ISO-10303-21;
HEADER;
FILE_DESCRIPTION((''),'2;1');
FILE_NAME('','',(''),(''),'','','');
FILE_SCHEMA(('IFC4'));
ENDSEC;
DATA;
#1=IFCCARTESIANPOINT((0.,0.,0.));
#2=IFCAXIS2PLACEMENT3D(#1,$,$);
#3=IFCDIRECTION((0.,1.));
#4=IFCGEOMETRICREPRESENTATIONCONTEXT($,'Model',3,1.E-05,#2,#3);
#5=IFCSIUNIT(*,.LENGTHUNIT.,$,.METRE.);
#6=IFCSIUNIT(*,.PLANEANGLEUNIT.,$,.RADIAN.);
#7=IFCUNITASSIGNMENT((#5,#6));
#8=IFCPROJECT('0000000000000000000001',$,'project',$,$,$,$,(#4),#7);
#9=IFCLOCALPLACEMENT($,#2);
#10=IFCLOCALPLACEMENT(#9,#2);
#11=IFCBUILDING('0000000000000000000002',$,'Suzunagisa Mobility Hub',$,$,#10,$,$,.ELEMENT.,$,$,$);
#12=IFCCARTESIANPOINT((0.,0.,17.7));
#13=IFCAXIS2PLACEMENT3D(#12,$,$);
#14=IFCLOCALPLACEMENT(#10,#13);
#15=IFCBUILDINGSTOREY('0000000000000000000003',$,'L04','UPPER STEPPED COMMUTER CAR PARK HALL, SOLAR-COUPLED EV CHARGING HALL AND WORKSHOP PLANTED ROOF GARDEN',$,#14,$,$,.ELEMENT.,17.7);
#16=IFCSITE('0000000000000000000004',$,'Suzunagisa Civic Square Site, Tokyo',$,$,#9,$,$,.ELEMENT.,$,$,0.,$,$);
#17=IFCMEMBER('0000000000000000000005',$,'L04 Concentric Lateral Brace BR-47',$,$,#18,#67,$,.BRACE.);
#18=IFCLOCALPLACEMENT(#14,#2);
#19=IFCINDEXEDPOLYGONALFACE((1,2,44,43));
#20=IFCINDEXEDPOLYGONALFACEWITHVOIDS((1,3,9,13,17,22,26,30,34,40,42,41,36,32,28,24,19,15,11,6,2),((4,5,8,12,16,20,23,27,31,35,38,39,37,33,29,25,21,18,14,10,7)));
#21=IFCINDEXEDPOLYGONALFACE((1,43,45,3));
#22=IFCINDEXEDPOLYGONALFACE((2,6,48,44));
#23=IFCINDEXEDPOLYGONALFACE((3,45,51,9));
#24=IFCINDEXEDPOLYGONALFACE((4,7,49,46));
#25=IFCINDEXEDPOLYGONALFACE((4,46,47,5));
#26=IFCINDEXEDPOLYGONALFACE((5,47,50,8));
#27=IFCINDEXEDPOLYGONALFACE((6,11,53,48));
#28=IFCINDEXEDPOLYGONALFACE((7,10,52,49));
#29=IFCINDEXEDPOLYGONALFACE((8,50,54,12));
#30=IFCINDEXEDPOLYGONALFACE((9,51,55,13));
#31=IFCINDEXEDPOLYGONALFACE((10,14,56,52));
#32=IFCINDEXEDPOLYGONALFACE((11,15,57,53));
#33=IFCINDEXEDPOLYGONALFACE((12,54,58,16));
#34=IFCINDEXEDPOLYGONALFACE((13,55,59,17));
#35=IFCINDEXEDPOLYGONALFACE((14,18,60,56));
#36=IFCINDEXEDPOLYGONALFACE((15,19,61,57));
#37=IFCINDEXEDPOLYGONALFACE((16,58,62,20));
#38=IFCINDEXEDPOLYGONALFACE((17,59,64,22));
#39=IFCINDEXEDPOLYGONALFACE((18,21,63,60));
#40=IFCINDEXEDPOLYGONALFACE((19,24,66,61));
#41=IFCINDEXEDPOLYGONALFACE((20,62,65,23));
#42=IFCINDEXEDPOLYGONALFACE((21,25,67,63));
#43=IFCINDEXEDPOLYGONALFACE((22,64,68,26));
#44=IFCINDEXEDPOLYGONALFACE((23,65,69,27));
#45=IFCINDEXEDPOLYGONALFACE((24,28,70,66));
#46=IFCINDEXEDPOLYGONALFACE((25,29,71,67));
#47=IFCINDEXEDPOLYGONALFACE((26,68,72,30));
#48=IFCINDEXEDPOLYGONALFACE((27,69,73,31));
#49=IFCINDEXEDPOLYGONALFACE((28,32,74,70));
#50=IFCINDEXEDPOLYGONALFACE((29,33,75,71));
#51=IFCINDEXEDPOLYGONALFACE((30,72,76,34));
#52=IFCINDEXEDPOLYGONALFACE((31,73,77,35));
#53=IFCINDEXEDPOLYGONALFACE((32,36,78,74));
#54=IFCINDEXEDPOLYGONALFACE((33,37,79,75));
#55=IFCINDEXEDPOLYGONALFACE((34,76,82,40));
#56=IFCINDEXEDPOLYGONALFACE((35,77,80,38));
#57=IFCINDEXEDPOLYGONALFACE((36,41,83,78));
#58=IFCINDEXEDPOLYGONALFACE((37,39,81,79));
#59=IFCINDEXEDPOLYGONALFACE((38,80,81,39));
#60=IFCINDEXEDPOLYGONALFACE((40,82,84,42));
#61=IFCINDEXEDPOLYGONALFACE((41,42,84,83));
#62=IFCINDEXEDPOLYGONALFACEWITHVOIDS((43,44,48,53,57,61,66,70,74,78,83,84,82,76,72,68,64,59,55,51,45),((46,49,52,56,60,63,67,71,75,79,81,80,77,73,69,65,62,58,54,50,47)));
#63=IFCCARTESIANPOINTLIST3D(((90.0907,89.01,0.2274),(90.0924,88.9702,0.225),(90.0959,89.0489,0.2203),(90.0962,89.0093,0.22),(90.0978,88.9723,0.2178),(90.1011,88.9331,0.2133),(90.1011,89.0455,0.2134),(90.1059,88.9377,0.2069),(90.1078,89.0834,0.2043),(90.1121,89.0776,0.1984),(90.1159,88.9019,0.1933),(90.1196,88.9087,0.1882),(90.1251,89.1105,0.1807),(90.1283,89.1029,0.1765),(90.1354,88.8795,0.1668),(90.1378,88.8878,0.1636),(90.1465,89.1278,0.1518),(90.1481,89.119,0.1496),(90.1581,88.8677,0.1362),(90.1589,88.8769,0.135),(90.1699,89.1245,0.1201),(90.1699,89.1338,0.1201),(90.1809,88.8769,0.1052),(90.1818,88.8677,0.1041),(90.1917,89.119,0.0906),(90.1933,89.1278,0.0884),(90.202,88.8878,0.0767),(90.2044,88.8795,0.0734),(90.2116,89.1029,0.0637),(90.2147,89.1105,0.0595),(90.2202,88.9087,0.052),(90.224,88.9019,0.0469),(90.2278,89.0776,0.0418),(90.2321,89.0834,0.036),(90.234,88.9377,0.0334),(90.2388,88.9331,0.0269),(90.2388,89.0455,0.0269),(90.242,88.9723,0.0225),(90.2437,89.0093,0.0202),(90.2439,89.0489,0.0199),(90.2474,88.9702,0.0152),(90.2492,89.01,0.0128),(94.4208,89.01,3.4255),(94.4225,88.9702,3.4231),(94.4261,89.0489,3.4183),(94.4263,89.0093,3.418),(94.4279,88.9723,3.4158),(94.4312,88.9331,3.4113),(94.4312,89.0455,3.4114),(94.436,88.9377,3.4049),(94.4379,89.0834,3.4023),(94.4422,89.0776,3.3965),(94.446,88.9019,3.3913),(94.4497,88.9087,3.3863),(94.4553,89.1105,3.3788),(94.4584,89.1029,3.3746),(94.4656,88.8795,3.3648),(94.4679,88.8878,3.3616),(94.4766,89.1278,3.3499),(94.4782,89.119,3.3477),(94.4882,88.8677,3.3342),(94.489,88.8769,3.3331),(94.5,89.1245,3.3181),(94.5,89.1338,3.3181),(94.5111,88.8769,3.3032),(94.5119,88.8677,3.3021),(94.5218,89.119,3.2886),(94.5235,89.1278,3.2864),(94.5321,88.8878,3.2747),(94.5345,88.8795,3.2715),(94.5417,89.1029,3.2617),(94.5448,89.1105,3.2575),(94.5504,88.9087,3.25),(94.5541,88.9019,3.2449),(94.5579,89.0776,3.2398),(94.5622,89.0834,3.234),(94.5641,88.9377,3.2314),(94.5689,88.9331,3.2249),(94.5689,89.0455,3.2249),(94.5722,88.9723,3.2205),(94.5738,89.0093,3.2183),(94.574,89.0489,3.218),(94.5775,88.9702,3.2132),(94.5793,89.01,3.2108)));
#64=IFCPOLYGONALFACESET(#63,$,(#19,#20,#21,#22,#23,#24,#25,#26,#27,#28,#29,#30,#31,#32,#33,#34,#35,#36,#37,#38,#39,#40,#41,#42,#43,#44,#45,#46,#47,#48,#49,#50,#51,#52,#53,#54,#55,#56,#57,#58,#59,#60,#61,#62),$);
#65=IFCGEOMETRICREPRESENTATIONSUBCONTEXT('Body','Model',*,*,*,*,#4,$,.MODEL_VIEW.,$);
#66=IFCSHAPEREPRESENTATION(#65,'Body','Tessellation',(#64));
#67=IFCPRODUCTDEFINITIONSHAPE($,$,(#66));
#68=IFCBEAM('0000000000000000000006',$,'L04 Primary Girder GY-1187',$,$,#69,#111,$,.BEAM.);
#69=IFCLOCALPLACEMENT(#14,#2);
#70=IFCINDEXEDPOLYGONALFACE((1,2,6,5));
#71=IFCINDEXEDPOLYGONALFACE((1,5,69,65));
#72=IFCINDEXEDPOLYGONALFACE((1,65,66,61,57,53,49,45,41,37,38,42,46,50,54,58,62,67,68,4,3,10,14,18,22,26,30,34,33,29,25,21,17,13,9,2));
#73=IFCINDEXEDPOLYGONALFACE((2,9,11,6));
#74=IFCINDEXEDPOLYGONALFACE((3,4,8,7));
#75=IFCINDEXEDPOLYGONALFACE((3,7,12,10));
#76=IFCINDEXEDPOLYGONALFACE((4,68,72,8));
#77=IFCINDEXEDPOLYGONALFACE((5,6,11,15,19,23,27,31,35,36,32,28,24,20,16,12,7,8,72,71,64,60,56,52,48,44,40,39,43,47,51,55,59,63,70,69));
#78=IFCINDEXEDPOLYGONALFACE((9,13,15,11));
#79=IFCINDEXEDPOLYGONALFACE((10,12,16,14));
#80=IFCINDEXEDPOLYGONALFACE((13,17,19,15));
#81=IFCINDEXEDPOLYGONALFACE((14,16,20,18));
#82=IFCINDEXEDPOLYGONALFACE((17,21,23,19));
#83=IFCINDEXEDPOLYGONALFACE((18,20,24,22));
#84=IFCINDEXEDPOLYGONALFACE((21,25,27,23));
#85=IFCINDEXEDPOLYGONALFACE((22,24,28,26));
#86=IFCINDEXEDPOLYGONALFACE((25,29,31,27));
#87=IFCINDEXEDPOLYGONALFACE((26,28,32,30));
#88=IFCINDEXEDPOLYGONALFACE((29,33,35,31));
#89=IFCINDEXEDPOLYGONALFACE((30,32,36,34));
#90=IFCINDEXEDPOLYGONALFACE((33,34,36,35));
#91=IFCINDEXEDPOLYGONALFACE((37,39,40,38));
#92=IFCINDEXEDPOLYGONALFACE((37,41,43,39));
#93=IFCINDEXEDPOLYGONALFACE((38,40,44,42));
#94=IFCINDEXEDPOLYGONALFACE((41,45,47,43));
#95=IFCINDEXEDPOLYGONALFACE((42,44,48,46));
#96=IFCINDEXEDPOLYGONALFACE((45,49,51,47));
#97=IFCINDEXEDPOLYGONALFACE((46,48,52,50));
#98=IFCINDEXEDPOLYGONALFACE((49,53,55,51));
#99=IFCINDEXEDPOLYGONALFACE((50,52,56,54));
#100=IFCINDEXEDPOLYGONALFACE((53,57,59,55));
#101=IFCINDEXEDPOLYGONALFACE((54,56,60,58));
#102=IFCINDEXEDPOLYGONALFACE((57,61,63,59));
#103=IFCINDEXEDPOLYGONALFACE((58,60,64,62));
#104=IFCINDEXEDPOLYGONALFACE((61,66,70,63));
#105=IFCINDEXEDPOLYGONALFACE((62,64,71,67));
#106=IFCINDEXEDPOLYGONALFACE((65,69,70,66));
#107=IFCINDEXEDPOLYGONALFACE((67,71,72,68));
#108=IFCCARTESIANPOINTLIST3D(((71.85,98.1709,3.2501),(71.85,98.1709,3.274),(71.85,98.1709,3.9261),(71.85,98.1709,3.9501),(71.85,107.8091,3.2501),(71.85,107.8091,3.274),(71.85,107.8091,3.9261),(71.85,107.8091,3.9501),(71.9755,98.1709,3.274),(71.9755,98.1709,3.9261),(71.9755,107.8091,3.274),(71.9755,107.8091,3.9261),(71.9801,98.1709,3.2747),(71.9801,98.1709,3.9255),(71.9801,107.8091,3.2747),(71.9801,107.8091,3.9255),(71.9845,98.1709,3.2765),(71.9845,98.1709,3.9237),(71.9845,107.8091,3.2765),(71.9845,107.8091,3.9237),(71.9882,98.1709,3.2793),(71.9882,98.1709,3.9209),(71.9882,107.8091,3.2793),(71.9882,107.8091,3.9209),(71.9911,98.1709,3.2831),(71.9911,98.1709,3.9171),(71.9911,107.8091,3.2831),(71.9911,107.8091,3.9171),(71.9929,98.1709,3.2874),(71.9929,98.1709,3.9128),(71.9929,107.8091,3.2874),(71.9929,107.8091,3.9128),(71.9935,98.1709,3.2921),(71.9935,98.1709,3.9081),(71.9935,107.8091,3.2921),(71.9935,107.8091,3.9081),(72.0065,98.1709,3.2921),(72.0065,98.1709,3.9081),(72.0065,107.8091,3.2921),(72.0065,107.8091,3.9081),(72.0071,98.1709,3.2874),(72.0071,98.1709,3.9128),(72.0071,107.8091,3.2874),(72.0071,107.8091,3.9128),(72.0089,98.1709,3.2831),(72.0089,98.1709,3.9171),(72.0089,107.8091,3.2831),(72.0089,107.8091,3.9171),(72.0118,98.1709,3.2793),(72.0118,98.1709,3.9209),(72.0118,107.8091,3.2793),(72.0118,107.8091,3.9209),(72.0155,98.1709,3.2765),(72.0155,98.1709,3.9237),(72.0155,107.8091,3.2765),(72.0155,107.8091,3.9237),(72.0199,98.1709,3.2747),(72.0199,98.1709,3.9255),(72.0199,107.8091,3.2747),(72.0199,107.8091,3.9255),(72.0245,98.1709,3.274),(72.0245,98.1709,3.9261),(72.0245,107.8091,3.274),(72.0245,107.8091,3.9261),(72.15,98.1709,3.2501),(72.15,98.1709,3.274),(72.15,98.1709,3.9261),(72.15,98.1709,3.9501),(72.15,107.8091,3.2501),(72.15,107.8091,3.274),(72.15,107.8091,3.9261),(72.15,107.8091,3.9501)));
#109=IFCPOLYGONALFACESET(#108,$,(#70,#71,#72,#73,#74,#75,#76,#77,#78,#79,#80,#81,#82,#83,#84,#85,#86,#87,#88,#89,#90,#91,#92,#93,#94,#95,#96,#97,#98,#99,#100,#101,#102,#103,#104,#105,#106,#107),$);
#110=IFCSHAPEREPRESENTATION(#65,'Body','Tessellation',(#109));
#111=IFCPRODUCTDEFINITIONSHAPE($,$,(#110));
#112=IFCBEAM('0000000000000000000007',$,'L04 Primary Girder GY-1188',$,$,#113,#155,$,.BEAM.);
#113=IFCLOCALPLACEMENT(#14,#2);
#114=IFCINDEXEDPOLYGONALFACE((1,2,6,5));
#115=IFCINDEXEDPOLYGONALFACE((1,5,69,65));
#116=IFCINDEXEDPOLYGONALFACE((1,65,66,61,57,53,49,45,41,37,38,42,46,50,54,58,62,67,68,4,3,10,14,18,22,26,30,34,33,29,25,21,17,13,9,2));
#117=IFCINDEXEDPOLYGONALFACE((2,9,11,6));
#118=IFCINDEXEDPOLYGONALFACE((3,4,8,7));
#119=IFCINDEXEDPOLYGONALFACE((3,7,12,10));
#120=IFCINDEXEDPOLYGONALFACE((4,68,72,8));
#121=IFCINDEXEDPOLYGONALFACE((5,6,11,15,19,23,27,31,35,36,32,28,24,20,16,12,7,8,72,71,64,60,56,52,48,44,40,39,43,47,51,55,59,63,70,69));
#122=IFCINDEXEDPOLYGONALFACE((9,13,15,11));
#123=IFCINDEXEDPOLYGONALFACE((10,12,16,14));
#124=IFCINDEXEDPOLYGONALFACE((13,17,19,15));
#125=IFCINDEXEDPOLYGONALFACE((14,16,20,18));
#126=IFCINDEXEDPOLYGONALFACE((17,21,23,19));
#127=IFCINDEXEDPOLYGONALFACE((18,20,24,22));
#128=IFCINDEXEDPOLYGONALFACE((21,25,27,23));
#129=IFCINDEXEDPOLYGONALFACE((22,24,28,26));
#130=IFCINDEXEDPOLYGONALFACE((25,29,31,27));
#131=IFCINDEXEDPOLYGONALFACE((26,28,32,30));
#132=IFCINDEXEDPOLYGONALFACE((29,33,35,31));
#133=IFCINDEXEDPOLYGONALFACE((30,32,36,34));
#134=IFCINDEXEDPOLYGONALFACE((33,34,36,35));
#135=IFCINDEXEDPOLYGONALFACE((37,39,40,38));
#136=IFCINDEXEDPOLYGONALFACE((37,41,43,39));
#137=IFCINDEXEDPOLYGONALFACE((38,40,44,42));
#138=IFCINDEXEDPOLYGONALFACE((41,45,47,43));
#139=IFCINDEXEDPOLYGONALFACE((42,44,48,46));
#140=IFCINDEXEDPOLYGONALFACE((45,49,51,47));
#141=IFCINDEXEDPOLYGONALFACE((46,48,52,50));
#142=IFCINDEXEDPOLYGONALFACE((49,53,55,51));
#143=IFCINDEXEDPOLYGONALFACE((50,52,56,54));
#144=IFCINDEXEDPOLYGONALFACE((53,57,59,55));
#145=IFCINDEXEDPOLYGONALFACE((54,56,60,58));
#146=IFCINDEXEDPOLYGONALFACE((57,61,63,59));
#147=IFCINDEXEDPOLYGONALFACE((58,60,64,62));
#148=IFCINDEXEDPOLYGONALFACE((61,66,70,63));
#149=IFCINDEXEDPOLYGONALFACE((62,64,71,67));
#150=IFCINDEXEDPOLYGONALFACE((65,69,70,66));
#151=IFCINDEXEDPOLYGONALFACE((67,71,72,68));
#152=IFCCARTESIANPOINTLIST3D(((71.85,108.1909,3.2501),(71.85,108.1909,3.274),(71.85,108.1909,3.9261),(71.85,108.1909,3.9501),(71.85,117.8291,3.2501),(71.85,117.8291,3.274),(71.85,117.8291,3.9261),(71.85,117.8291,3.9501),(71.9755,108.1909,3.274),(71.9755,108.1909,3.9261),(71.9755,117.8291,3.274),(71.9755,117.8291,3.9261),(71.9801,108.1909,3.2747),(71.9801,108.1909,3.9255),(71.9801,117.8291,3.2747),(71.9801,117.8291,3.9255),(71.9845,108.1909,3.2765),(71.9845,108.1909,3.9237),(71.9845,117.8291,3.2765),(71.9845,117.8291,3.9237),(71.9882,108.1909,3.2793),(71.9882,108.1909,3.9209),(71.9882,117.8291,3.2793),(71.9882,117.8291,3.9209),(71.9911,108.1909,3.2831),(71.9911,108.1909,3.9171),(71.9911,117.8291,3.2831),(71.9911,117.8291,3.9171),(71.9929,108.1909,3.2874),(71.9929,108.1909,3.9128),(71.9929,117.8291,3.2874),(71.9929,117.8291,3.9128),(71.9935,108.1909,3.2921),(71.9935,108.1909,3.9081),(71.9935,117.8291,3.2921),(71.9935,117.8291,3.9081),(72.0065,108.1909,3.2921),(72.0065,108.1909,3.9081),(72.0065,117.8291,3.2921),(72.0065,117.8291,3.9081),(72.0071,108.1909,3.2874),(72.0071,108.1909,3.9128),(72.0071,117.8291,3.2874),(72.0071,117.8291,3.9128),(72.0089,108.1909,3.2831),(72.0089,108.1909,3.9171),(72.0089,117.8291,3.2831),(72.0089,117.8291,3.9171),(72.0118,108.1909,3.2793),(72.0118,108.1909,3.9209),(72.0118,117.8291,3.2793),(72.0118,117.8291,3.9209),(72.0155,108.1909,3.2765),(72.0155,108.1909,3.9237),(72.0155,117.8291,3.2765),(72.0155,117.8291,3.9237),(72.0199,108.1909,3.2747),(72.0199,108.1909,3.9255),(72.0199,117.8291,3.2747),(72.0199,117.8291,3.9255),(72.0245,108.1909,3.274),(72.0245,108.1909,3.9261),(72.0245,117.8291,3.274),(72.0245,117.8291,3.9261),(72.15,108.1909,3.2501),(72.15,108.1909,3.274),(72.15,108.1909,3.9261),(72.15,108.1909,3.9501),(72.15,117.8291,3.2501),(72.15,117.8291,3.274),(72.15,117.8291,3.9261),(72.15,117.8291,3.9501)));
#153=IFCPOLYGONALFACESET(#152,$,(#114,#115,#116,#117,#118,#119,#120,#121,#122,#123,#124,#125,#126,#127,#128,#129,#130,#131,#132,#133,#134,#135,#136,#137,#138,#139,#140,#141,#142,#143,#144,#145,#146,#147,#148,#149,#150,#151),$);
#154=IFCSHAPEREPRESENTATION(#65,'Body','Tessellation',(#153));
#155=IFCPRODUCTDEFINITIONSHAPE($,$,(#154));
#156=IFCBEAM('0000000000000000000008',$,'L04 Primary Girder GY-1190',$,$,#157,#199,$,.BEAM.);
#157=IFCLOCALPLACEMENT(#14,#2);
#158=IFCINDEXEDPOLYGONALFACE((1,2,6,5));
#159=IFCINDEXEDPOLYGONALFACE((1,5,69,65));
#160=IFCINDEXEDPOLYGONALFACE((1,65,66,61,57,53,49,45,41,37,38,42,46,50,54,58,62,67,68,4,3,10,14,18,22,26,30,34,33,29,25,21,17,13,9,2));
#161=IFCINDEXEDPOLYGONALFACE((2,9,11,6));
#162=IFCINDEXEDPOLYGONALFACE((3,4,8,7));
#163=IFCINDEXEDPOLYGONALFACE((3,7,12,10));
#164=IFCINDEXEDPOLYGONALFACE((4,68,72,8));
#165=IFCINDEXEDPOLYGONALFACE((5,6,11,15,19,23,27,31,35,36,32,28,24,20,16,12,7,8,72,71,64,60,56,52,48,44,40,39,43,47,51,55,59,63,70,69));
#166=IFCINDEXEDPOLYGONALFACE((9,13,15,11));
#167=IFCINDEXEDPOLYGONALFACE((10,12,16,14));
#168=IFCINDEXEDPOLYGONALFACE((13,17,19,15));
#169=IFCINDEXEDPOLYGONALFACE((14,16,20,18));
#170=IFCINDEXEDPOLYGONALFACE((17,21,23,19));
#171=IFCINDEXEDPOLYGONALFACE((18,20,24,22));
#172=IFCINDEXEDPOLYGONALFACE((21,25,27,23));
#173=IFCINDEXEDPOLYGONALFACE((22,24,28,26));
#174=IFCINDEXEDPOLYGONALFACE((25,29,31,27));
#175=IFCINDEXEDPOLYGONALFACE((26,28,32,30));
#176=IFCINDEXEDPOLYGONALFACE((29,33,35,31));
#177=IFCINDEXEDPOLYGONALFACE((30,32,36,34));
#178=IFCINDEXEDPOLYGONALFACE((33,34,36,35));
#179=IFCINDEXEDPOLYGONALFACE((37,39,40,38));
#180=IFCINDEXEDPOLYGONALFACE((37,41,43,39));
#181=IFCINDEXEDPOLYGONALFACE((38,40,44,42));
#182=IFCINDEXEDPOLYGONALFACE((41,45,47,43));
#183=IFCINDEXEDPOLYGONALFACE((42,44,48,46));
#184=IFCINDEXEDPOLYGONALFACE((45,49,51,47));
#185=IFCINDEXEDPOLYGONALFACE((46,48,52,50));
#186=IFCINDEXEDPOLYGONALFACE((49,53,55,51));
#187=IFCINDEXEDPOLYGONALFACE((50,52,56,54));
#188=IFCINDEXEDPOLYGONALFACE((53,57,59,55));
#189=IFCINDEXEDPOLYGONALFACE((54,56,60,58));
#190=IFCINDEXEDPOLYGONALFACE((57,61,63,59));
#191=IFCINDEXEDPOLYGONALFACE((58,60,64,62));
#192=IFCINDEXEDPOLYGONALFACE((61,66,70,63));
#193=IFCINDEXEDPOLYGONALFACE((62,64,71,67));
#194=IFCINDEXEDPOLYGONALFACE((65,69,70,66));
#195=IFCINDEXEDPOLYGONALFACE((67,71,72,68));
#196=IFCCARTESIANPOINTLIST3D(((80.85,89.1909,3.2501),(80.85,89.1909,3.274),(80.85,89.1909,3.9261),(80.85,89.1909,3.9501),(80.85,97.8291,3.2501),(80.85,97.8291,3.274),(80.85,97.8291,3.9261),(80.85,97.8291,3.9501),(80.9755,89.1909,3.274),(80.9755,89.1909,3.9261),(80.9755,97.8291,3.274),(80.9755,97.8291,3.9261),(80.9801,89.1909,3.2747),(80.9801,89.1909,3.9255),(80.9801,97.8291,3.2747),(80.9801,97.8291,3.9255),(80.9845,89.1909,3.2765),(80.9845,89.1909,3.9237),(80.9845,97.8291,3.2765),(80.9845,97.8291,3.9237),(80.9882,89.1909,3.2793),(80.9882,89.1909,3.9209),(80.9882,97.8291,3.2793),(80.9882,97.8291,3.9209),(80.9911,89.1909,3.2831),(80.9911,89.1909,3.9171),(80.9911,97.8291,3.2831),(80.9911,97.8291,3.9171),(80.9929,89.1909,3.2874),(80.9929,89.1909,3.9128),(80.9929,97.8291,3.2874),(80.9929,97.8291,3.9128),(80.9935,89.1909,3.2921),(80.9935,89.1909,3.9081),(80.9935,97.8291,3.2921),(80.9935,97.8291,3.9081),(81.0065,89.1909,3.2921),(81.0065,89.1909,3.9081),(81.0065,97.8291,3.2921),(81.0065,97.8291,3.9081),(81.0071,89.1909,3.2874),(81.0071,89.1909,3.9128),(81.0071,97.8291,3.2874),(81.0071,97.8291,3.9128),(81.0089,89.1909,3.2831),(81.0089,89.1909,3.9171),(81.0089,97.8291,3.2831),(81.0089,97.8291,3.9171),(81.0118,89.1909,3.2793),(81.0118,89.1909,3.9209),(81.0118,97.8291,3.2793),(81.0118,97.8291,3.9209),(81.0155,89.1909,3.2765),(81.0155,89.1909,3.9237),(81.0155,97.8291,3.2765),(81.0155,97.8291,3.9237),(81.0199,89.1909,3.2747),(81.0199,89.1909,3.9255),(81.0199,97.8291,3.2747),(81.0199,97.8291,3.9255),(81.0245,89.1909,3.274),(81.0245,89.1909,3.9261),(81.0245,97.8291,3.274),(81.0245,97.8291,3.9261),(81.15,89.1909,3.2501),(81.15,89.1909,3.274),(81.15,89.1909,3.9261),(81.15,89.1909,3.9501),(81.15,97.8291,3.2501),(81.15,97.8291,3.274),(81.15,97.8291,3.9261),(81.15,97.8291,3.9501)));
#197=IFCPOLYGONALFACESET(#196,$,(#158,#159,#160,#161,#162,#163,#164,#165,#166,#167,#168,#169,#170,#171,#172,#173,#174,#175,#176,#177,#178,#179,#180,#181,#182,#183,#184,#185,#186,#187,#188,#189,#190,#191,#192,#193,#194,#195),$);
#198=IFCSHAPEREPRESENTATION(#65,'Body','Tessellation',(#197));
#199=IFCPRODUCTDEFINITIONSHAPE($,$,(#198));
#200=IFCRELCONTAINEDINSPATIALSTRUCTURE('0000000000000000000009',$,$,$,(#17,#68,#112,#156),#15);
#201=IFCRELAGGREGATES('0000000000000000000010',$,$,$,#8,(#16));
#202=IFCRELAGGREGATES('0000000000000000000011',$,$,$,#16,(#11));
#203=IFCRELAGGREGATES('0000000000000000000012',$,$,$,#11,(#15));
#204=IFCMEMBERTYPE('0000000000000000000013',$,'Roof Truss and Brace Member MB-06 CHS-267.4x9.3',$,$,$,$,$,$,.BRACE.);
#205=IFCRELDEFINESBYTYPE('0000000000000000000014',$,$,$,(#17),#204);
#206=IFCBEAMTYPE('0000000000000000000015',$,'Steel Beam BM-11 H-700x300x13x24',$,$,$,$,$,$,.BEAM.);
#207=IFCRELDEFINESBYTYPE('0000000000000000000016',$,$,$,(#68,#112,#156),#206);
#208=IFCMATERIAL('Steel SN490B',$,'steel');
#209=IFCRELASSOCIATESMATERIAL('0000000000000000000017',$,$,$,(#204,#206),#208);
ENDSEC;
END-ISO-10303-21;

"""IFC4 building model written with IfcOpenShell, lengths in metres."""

from ifc_helpers import new_model, si_unit, direction, frame, origin, origin_2d, place, context, subcontext, project, spatial, hollow_circle, i_section, extrude, material, material_profile, profile_set, type_object, element, save


model = new_model("IFC4")

# Units and contexts
model_context = context("Model", 3, precision=1e-05, world=origin(), true_north=direction((0.0, 1.0)))
body_context = subcontext(model_context, "Body", "Model", "MODEL_VIEW")
ifc_project = project(units=[si_unit("LENGTHUNIT", "METRE"), si_unit("PLANEANGLEUNIT", "RADIAN")], contexts=[model_context])

# Site, building, storey
site_placement = place(None, origin())
site = spatial("IfcSite", under=ifc_project, at=site_placement, Name="Suzunagisa Civic Square Site, Tokyo", CompositionType="ELEMENT", RefElevation=0.0)
building_placement = place(site_placement, origin())
building = spatial("IfcBuilding", under=site, at=building_placement, Name="Suzunagisa Mobility Hub", CompositionType="ELEMENT")
storey_placement = place(building_placement, frame((0.0, 0.0, 17.7)))
storey = spatial("IfcBuildingStorey", under=building, at=storey_placement, Name="L04", Description="UPPER STEPPED COMMUTER CAR PARK HALL, SOLAR-COUPLED EV CHARGING HALL AND WORKSHOP PLANTED ROOF GARDEN", CompositionType="ELEMENT", Elevation=17.7)

# Shared definitions
ifc_material_1 = material(Name="Steel SN490B", Category="steel")

# Member
ifc_material_profile_1 = material_profile(ifc_material_1, hollow_circle(Radius=0.1338, WallThickness=0.0093, at=origin_2d()), Name="CHS-267.4x9.3")
ifc_profile_set_1 = profile_set([ifc_material_profile_1], Name="Steel SN490B")
member_type = type_object("IfcMemberType", Name="Roof Truss and Brace Member MB-06 CHS-267.4x9.3", PredefinedType="BRACE", material=ifc_profile_set_1)
member_placement = place(storey_placement, frame((90.1699, 89.0, 0.1201), z_axis=(0.804398, 0.0, 0.594091), x_axis=(0.0, 1.0, 0.0)))
element("IfcMember", 1, at=member_placement, inside=storey, type_object=member_type, Name="L04 Concentric Lateral Brace BR-47", PredefinedType="BRACE", context=body_context, shape_type="SweptSolid", body=[
    extrude(hollow_circle(Radius=0.1338, WallThickness=0.0093, at=origin_2d()), origin(), (0.0, 0.0, 1.0), 5.3831),
])

# Beams
ifc_material_profile_2 = material_profile(ifc_material_1, i_section(OverallWidth=0.3, OverallDepth=0.7, WebThickness=0.0129, FlangeThickness=0.0239, FilletRadius=0.0181, at=origin_2d()), Name="H-700x300x13x24")
ifc_profile_set_2 = profile_set([ifc_material_profile_2], Name="Steel SN490B")
beam_type_1 = type_object("IfcBeamType", Name="Steel Beam BM-11 H-700x300x13x24", PredefinedType="BEAM", material=ifc_profile_set_2)
for number, where, z_axis, x_axis, name in (
    (2, (72.0, 98.1709, 3.6001), (0.0, 1.0, 0.0), (-1.0, 0.0, 0.0), "L04 Primary Girder GY-1187"),
    (3, (72.0, 108.1909, 3.6001), (0.0, 1.0, 0.0), (-1.0, 0.0, 0.0), "L04 Primary Girder GY-1188"),
):
    element("IfcBeam", number, at=place(storey_placement, frame(where, z_axis=z_axis, x_axis=x_axis)), inside=storey, type_object=beam_type_1, Name=name, PredefinedType="BEAM", context=body_context, shape_type="SweptSolid", body=[
        extrude(i_section(OverallWidth=0.3, OverallDepth=0.7, WebThickness=0.0129, FlangeThickness=0.0239, FilletRadius=0.0181, at=origin_2d()), origin(), (0.0, 0.0, 1.0), 9.6382),
    ])
beam_1_placement = place(storey_placement, frame((81.0, 89.1909, 3.6001), z_axis=(0.0, 1.0, 0.0), x_axis=(-1.0, 0.0, 0.0)))
element("IfcBeam", 4, at=beam_1_placement, inside=storey, type_object=beam_type_1, Name="L04 Primary Girder GY-1190", PredefinedType="BEAM", context=body_context, shape_type="SweptSolid", body=[
    extrude(i_section(OverallWidth=0.3, OverallDepth=0.7, WebThickness=0.0129, FlangeThickness=0.0239, FilletRadius=0.0181, at=origin_2d()), origin(), (0.0, 0.0, 1.0), 8.6382),
])

save(model, "model.ifc")
